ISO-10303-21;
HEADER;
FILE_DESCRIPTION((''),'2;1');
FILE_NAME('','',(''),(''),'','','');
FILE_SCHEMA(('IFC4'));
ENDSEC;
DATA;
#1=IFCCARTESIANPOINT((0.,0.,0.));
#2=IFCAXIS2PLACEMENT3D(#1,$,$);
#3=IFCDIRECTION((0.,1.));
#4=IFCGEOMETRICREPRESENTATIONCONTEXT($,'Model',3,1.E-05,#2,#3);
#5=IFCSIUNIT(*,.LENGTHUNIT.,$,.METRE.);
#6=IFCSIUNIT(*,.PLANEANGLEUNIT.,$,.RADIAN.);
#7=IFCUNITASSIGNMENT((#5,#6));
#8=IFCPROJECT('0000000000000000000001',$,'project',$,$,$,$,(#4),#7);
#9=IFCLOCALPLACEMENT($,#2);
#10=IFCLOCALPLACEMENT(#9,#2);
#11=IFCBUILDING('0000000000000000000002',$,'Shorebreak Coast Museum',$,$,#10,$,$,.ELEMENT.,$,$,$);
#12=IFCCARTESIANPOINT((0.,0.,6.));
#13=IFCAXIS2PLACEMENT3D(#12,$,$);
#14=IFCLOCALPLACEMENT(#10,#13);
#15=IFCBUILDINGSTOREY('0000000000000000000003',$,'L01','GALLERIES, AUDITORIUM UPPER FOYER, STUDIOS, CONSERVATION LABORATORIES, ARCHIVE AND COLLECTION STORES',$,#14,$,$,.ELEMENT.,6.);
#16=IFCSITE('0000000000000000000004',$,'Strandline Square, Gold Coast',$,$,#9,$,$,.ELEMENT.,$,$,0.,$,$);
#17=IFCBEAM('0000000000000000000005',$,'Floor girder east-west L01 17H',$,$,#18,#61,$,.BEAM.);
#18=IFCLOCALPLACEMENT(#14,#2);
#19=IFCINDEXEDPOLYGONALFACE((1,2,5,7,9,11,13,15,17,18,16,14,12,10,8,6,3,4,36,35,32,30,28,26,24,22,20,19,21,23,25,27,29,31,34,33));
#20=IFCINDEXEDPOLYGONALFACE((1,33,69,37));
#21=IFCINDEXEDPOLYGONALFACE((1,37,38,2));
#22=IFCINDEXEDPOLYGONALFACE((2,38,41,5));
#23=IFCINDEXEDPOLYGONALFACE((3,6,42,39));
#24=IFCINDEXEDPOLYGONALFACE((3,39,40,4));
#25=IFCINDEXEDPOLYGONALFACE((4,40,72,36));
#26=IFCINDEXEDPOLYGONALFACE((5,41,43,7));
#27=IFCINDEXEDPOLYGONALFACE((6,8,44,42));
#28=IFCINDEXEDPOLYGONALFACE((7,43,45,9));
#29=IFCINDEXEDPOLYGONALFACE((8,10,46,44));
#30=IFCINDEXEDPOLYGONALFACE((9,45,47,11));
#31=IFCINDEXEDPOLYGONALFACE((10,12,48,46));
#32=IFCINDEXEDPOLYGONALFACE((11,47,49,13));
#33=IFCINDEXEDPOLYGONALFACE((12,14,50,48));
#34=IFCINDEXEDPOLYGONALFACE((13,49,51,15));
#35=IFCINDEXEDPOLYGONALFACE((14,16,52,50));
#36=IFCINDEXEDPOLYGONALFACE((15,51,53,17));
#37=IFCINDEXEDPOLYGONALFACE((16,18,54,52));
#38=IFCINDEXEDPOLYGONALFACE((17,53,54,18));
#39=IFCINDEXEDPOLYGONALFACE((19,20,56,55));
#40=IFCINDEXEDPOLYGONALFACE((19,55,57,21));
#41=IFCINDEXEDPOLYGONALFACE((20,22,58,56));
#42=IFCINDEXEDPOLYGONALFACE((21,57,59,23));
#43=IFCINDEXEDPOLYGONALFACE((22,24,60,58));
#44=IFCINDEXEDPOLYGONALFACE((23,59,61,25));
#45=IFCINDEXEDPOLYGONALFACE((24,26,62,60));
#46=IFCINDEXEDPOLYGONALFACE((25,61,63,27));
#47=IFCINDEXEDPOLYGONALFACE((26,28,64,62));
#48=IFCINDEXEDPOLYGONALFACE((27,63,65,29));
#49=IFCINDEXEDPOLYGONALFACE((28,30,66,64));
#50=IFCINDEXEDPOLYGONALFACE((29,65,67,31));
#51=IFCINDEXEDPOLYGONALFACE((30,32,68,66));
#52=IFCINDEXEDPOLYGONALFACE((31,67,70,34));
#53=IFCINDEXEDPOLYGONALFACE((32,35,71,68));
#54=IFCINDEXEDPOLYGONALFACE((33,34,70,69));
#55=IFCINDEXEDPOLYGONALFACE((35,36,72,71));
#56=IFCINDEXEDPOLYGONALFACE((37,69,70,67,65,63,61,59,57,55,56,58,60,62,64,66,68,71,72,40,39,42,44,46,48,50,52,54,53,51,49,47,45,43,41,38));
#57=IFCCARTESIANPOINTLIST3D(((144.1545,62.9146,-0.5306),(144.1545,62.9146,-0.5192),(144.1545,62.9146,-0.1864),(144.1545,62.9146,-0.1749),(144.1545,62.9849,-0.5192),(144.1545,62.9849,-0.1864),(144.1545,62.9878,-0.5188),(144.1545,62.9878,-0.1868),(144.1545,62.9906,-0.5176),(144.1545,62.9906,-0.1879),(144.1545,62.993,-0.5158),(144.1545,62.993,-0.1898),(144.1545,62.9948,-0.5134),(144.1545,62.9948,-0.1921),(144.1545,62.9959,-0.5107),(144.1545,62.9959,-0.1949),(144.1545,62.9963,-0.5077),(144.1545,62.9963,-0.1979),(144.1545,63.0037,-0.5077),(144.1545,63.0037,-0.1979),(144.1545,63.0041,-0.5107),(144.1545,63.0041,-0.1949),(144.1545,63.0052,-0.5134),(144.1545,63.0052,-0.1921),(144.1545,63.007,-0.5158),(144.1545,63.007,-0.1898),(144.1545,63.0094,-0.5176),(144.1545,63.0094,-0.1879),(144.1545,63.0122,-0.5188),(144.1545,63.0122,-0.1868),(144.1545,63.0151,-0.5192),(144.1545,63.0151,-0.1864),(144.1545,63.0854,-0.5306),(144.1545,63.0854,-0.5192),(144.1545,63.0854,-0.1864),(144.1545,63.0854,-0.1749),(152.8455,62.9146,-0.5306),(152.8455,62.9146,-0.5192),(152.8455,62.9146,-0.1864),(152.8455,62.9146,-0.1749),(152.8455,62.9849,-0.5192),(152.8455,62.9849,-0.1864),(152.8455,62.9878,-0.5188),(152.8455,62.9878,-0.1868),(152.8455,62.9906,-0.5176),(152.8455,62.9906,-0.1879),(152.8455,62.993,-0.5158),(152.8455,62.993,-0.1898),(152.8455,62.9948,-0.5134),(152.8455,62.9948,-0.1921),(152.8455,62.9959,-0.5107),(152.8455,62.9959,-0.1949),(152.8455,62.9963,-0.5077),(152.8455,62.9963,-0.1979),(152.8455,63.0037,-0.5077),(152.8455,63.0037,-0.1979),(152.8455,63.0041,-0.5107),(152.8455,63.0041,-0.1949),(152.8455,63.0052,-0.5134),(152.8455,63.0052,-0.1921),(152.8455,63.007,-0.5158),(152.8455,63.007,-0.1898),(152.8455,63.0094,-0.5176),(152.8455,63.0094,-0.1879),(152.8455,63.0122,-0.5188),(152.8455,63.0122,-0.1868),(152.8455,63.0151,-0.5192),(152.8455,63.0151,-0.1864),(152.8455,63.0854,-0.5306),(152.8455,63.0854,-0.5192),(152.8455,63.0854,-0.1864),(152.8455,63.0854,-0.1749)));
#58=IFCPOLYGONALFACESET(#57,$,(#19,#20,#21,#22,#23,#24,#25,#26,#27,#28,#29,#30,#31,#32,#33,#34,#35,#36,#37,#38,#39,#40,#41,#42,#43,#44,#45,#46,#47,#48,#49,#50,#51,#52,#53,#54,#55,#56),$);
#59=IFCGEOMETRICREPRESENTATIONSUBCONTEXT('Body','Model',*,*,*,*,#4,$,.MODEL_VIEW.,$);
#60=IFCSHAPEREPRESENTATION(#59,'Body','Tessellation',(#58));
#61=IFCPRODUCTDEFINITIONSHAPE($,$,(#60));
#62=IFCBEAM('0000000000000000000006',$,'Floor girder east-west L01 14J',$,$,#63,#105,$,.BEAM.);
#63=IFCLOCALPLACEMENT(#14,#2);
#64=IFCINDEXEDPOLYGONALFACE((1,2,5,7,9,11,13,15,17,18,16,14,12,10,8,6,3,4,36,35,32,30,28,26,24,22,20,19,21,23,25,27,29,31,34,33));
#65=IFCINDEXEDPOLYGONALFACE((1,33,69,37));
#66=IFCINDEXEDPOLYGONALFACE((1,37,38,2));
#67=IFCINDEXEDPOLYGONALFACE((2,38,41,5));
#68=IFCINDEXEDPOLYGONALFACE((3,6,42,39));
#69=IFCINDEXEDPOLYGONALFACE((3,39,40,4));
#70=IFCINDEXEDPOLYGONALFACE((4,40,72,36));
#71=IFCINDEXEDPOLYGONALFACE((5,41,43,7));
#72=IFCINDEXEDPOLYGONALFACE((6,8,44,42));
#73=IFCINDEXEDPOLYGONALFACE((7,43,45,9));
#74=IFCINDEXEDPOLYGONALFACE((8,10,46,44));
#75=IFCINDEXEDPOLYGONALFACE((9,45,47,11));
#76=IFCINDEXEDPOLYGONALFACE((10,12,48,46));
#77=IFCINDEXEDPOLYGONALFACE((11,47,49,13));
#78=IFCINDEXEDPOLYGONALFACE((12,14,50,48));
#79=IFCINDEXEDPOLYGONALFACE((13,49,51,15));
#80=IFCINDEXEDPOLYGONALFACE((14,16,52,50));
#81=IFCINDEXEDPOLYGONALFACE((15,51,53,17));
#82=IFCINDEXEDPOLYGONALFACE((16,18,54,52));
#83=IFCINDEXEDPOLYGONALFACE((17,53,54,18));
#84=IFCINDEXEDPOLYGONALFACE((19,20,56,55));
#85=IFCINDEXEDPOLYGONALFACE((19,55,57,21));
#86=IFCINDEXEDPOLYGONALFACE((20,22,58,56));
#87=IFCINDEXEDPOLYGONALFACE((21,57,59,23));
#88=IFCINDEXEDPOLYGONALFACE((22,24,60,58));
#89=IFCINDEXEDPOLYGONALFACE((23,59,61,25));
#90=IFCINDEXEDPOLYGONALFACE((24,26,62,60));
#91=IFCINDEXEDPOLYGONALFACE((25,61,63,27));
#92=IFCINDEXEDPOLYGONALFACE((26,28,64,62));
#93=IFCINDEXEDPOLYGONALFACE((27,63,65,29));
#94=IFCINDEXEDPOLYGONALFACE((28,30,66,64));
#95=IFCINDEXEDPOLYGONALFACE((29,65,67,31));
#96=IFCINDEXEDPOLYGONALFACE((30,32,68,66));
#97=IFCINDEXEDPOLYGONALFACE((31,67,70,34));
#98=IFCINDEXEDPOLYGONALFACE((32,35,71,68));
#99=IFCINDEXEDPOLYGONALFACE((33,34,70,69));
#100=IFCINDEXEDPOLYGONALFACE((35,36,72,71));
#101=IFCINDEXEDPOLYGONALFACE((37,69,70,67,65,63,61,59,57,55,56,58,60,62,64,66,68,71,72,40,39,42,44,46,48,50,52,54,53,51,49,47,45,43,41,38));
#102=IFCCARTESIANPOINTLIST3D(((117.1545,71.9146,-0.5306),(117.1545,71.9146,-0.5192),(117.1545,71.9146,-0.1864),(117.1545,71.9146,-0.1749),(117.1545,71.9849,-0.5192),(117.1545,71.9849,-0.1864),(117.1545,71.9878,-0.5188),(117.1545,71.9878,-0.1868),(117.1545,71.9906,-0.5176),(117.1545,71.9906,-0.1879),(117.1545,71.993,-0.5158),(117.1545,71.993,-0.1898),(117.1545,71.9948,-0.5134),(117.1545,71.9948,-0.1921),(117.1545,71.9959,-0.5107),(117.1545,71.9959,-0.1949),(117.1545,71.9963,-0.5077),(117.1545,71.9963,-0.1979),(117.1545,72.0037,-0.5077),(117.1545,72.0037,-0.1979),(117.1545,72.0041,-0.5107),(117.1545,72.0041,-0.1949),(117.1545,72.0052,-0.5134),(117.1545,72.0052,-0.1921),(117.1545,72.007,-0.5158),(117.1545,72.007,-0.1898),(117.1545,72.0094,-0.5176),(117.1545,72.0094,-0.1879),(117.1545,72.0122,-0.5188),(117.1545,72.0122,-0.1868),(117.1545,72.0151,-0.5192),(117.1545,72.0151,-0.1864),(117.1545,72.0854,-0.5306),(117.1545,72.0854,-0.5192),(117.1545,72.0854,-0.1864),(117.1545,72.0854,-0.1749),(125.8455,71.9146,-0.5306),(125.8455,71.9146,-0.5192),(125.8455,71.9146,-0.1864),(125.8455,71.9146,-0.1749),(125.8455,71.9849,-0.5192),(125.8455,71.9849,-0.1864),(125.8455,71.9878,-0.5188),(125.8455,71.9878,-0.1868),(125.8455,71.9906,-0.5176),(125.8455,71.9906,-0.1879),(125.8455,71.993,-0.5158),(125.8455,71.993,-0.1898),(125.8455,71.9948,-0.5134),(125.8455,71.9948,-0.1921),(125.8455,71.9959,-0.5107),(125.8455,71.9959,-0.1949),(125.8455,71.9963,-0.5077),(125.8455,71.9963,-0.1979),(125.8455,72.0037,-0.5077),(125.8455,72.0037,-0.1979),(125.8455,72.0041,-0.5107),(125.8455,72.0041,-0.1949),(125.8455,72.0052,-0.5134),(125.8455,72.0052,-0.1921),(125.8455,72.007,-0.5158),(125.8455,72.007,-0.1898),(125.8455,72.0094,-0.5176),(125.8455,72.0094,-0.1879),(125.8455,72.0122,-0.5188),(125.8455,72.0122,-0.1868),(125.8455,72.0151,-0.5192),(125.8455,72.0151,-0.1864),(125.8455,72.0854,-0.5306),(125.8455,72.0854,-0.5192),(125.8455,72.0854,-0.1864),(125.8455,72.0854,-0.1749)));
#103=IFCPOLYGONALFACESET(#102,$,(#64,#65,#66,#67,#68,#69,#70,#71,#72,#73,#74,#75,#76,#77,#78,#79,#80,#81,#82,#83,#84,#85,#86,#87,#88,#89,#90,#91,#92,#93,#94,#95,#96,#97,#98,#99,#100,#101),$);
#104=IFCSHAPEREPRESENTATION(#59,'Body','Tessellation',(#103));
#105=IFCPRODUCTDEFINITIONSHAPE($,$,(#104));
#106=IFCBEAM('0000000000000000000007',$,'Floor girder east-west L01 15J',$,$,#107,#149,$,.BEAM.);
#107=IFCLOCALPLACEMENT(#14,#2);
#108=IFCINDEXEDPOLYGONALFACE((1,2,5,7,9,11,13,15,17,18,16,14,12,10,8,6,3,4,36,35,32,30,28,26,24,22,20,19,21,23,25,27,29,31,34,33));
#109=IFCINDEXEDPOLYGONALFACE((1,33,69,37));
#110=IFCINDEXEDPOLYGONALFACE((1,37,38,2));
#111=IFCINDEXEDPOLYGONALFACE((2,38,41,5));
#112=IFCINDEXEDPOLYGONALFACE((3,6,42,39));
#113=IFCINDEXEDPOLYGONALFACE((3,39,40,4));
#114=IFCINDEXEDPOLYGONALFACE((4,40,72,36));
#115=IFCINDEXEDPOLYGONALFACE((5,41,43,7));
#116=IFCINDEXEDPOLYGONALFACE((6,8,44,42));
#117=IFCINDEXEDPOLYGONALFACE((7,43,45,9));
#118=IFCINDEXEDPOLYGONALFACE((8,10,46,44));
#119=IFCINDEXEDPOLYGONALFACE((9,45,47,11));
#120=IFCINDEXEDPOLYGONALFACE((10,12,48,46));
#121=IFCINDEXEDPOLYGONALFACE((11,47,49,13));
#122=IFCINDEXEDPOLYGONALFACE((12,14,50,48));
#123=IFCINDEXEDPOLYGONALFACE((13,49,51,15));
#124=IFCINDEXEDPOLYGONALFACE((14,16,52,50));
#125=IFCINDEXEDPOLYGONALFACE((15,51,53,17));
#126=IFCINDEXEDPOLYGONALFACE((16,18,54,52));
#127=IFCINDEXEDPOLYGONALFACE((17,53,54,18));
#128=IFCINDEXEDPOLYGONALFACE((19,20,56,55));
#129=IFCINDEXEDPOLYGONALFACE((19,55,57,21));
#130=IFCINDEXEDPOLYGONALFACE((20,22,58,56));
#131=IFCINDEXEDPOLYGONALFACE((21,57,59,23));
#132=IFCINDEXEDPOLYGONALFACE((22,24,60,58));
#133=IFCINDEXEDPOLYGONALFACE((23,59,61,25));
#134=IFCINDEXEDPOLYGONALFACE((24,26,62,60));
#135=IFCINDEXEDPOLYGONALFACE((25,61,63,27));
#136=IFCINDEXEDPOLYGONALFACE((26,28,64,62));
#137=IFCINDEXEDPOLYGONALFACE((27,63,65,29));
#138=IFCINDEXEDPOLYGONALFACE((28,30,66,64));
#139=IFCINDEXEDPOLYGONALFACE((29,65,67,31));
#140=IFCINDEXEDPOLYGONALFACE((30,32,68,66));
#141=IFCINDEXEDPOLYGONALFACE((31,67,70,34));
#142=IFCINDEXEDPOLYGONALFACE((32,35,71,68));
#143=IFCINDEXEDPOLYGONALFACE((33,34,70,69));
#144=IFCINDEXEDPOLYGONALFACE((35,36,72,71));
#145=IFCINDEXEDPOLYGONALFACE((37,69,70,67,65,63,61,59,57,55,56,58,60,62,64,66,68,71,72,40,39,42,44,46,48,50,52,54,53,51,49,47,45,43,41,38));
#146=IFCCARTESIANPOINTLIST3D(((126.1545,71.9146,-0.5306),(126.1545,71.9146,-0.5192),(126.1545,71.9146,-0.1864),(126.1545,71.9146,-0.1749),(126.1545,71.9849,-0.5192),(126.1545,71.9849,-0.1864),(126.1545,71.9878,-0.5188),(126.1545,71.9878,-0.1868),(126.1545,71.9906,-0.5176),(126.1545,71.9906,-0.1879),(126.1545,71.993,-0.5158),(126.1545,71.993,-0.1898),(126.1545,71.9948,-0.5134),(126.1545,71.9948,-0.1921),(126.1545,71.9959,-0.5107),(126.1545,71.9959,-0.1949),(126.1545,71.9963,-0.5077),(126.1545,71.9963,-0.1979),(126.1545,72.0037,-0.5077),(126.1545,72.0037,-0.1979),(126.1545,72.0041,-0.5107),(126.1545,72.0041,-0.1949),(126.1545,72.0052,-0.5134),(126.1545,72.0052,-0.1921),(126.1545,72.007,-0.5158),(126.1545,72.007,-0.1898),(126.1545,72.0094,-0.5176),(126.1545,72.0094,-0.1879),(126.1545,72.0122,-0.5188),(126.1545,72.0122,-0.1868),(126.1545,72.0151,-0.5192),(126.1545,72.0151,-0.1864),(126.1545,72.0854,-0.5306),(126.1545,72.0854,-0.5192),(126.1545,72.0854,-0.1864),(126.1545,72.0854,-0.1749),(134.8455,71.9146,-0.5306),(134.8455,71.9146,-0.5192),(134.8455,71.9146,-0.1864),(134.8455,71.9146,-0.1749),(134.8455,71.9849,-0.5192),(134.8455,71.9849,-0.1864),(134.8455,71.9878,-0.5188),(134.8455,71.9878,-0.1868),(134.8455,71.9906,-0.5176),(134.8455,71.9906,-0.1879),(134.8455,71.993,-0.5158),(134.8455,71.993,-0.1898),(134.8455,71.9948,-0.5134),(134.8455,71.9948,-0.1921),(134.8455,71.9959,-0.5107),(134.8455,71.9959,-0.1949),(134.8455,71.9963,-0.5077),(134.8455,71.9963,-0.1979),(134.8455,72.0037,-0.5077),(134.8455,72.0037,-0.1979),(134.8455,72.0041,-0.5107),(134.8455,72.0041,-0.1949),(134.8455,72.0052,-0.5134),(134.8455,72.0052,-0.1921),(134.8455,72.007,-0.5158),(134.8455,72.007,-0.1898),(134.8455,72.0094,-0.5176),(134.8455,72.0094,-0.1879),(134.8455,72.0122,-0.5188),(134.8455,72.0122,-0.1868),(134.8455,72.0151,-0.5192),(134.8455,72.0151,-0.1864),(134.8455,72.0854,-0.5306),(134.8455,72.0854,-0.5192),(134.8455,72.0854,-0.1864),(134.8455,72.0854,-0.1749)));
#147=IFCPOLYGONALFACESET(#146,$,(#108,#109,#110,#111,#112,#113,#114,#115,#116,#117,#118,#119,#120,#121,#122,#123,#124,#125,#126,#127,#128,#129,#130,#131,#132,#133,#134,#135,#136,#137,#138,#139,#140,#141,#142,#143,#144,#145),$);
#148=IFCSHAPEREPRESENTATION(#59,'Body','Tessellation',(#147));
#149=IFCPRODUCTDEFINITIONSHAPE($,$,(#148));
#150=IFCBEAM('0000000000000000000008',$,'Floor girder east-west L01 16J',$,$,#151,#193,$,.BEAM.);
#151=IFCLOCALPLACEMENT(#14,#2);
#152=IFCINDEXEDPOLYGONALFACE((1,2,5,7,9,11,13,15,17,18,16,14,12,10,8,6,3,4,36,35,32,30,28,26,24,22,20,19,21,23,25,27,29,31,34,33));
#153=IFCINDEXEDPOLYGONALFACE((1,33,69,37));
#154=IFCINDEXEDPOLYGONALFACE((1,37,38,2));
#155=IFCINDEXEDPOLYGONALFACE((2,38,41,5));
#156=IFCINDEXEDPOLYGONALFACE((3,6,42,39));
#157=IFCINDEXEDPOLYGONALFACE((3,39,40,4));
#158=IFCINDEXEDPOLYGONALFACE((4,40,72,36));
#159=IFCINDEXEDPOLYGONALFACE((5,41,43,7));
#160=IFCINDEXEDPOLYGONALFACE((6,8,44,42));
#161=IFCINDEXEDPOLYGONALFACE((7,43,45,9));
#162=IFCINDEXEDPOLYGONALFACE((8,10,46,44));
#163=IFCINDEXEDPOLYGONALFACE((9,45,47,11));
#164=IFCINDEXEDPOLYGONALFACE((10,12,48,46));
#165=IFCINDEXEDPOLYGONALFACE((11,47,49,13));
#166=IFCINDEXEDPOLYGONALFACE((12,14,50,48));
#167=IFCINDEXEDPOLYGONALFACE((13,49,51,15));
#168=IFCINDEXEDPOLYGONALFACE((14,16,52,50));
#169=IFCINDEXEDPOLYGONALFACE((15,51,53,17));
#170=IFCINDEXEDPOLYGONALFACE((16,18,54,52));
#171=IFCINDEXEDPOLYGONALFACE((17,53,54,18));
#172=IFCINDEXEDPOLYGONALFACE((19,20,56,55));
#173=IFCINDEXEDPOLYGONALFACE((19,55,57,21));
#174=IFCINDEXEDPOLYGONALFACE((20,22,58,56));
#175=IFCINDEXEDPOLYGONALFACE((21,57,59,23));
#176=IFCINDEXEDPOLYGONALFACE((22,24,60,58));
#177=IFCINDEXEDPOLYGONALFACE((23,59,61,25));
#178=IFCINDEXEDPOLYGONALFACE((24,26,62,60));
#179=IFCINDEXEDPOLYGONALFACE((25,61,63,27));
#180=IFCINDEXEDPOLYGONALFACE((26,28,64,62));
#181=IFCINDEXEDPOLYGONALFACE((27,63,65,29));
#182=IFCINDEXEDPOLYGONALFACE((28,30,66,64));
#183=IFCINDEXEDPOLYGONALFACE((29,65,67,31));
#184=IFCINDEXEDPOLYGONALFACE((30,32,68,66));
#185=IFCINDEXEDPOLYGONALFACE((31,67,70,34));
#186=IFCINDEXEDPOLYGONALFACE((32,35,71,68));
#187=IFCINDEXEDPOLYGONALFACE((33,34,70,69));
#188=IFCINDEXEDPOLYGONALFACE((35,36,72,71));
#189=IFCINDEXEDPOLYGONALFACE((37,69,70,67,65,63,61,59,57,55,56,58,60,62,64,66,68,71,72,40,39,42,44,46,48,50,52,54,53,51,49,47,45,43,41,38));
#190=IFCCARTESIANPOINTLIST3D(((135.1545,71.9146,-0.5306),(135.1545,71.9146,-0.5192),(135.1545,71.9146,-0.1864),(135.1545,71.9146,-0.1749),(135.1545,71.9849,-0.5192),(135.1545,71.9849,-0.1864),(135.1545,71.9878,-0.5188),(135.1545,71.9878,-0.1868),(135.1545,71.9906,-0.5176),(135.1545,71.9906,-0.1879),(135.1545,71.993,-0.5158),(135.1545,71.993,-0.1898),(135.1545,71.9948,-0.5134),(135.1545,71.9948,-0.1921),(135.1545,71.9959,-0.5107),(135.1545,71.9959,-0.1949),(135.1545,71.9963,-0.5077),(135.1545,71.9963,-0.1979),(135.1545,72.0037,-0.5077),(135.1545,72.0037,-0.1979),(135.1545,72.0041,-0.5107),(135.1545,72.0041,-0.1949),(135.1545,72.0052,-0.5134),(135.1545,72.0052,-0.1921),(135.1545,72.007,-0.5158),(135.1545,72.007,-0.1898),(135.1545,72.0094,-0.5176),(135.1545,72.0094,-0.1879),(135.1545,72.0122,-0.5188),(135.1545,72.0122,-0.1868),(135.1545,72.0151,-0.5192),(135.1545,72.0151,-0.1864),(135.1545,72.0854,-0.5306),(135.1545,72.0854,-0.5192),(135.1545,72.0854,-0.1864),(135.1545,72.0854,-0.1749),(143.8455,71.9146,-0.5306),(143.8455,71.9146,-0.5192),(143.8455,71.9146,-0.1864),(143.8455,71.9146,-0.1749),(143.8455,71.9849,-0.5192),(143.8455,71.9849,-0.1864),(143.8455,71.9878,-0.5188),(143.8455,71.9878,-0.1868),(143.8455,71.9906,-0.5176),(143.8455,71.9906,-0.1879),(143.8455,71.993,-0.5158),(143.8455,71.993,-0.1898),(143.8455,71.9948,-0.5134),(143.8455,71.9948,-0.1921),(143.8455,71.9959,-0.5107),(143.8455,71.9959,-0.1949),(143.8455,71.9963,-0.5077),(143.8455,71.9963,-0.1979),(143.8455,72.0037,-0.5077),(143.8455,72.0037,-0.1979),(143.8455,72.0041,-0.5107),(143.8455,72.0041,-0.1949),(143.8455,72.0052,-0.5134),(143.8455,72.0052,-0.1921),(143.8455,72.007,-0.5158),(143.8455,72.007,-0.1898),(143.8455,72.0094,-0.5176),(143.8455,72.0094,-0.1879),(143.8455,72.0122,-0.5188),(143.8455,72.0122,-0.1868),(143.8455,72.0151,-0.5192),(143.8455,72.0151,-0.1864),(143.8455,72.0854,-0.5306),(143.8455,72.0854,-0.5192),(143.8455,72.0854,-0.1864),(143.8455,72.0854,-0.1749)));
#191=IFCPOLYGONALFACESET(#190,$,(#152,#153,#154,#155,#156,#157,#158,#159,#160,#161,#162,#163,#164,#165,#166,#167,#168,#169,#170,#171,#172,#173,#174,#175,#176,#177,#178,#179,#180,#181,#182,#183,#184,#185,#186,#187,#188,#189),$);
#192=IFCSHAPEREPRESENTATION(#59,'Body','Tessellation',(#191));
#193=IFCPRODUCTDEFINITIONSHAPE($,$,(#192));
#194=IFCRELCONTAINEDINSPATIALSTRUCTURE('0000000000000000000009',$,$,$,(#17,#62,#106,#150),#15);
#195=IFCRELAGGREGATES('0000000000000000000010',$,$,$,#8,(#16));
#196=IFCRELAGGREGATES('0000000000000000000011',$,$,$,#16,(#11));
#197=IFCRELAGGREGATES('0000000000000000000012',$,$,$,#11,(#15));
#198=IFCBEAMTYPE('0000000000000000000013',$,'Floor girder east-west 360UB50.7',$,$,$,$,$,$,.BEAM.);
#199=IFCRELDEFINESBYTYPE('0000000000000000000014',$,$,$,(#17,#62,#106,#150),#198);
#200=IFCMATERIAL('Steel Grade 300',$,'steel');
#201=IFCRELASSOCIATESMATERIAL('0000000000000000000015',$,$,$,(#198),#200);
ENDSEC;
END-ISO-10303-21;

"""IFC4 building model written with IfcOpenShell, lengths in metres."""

from ifc_helpers import new_model, si_unit, direction, frame, origin, origin_2d, place, context, subcontext, project, spatial, i_section, extrude, material, material_profile, profile_set, type_object, element, save


model = new_model("IFC4")

# Units and contexts
model_context = context("Model", 3, precision=1e-05, world=origin(), true_north=direction((0.0, 1.0)))
body_context = subcontext(model_context, "Body", "Model", "MODEL_VIEW")
ifc_project = project(units=[si_unit("LENGTHUNIT", "METRE"), si_unit("PLANEANGLEUNIT", "RADIAN")], contexts=[model_context])

# Site, building, storey
site_placement = place(None, origin())
site = spatial("IfcSite", under=ifc_project, at=site_placement, Name="Strandline Square, Gold Coast", CompositionType="ELEMENT", RefElevation=0.0)
building_placement = place(site_placement, origin())
building = spatial("IfcBuilding", under=site, at=building_placement, Name="Shorebreak Coast Museum", CompositionType="ELEMENT")
storey_placement = place(building_placement, frame((0.0, 0.0, 6.0)))
storey = spatial("IfcBuildingStorey", under=building, at=storey_placement, Name="L01", Description="GALLERIES, AUDITORIUM UPPER FOYER, STUDIOS, CONSERVATION LABORATORIES, ARCHIVE AND COLLECTION STORES", CompositionType="ELEMENT", Elevation=6.0)

# Beams
ifc_material_1 = material(Name="Steel Grade 300", Category="steel")
ifc_material_profile_1 = material_profile(ifc_material_1, i_section(OverallWidth=0.1709, OverallDepth=0.3557, WebThickness=0.0073, FlangeThickness=0.0115, FilletRadius=0.0115, at=origin_2d()), Name="360UB50.7")
ifc_profile_set_1 = profile_set([ifc_material_profile_1], Name="Steel Grade 300")
beam_type_1 = type_object("IfcBeamType", Name="Floor girder east-west 360UB50.7", PredefinedType="BEAM", material=ifc_profile_set_1)
for number, where, z_axis, x_axis, name in (
    (1, (144.1545, 63.0, -0.3528), (1.0, 0.0, 0.0), (0.0, 1.0, 0.0), "Floor girder east-west L01 17H"),
    (2, (117.1545, 72.0, -0.3528), (1.0, 0.0, 0.0), (0.0, 1.0, 0.0), "Floor girder east-west L01 14J"),
    (3, (126.1545, 72.0, -0.3528), (1.0, 0.0, 0.0), (0.0, 1.0, 0.0), "Floor girder east-west L01 15J"),
    (4, (135.1545, 72.0, -0.3528), (1.0, 0.0, 0.0), (0.0, 1.0, 0.0), "Floor girder east-west L01 16J"),
):
    element("IfcBeam", number, at=place(storey_placement, frame(where, z_axis=z_axis, x_axis=x_axis)), inside=storey, type_object=beam_type_1, Name=name, PredefinedType="BEAM", context=body_context, shape_type="SweptSolid", body=[
        extrude(i_section(OverallWidth=0.1709, OverallDepth=0.3557, WebThickness=0.0073, FlangeThickness=0.0115, FilletRadius=0.0115, at=origin_2d()), origin(), (0.0, 0.0, 1.0), 8.6909),
    ])

save(model, "model.ifc")
